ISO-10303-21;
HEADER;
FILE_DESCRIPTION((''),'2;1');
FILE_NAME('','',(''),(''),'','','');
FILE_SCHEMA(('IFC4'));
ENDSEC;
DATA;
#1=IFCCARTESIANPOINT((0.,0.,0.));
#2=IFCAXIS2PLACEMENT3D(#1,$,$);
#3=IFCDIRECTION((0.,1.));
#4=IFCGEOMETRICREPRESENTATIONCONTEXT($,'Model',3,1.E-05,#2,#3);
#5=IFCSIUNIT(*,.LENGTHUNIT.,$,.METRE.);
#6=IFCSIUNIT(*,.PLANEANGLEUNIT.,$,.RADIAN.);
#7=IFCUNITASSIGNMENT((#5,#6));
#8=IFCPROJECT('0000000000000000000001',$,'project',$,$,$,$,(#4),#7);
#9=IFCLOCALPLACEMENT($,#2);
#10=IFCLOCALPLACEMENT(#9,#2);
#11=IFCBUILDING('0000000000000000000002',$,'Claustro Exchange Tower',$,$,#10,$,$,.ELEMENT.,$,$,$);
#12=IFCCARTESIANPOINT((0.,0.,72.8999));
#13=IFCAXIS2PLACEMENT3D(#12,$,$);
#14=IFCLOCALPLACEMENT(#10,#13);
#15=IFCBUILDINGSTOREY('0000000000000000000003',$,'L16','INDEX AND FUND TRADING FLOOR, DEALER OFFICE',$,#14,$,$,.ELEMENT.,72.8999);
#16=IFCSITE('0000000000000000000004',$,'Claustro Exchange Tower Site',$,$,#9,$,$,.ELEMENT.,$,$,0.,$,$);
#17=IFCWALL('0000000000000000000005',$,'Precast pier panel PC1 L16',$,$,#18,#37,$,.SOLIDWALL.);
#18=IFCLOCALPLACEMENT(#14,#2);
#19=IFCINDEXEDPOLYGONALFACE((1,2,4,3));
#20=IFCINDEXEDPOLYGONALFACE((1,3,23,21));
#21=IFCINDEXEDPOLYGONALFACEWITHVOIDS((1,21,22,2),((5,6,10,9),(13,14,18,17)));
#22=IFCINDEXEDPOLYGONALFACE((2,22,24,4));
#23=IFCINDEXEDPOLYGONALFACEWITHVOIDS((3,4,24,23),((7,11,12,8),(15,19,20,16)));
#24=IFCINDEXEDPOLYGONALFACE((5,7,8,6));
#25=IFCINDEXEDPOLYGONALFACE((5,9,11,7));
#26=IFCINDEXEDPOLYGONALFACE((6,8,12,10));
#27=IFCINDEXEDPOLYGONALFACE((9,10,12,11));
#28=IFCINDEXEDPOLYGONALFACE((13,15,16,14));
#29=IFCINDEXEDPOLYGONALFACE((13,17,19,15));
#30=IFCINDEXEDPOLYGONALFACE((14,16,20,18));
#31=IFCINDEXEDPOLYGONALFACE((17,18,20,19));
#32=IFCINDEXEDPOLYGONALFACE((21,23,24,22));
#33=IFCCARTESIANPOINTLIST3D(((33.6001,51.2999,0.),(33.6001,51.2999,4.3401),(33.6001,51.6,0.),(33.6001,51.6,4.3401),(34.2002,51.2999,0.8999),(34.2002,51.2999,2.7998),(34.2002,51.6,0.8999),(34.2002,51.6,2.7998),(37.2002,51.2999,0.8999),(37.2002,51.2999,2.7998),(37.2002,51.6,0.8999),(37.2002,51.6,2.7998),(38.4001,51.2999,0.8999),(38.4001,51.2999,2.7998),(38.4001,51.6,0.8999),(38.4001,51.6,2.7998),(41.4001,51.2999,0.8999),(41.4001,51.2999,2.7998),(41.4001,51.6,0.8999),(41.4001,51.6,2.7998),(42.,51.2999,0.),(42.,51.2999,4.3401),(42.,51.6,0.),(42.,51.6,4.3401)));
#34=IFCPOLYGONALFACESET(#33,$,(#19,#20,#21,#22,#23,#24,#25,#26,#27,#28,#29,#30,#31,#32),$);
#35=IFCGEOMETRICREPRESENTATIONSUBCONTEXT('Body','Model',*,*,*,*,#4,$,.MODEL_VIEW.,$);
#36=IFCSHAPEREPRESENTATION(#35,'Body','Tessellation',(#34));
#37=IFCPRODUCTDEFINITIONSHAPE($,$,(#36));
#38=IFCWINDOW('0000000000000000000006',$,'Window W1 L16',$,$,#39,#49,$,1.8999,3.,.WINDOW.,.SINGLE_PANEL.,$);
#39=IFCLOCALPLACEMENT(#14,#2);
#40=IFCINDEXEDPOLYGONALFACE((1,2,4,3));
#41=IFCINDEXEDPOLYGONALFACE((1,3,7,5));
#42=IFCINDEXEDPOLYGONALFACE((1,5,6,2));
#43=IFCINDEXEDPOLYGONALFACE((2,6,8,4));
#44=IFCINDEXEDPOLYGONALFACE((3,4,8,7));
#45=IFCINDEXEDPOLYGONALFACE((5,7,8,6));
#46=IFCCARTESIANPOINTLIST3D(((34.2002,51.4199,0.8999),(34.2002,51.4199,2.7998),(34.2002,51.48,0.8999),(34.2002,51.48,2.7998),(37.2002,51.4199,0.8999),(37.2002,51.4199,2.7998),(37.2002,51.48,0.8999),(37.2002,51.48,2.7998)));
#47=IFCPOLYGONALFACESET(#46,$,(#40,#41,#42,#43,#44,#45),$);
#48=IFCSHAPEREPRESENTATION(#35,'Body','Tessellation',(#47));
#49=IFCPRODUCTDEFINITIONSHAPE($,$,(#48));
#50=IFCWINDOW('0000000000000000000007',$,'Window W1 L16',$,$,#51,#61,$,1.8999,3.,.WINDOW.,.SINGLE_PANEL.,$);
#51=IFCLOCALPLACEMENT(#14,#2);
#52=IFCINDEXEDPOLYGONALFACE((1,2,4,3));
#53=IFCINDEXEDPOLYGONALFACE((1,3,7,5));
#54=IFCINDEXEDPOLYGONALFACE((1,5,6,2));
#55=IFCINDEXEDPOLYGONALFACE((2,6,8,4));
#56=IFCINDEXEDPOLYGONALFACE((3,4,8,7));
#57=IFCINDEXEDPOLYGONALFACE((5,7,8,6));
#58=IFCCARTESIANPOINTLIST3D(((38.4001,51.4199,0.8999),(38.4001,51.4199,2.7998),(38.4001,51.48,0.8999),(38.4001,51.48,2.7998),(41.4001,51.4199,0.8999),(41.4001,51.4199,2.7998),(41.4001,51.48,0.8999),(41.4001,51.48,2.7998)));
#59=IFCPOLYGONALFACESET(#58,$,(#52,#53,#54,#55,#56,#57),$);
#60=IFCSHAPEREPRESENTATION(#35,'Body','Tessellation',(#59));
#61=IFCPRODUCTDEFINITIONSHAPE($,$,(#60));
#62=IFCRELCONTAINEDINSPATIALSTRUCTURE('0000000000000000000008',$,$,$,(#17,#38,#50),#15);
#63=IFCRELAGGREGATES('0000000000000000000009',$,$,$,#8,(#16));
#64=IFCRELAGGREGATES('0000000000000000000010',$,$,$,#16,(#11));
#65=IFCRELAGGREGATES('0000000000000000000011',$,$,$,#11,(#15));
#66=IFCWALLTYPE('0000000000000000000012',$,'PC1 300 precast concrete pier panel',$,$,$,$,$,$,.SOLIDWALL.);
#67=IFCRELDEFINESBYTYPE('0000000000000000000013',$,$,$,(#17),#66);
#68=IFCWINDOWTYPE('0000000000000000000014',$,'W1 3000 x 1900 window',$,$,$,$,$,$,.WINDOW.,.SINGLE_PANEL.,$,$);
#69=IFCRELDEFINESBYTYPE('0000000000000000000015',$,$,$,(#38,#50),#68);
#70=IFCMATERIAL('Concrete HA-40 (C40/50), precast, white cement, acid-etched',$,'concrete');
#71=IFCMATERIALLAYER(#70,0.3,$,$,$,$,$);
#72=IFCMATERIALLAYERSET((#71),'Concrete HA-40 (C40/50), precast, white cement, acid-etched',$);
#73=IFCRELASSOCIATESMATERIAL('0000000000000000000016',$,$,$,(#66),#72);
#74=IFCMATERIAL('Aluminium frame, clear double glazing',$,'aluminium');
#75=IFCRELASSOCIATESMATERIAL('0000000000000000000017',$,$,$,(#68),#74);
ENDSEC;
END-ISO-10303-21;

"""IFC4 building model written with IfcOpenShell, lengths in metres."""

from ifc_helpers import new_model, si_unit, direction, frame, frame_2d, origin, place, context, subcontext, project, spatial, rectangle, extrude, material, layer, layer_set, type_object, element, fill, save


model = new_model("IFC4")

# Units and contexts
model_context = context("Model", 3, precision=1e-05, world=origin(), true_north=direction((0.0, 1.0)))
body_context = subcontext(model_context, "Body", "Model", "MODEL_VIEW")
ifc_project = project(units=[si_unit("LENGTHUNIT", "METRE"), si_unit("PLANEANGLEUNIT", "RADIAN")], contexts=[model_context])

# Site, building, storey
site_placement = place(None, origin())
site = spatial("IfcSite", under=ifc_project, at=site_placement, Name="Claustro Exchange Tower Site", CompositionType="ELEMENT", RefElevation=0.0)
building_placement = place(site_placement, origin())
building = spatial("IfcBuilding", under=site, at=building_placement, Name="Claustro Exchange Tower", CompositionType="ELEMENT")
storey_placement = place(building_placement, frame((0.0, 0.0, 72.8999)))
storey = spatial("IfcBuildingStorey", under=building, at=storey_placement, Name="L16", Description="INDEX AND FUND TRADING FLOOR, DEALER OFFICE", CompositionType="ELEMENT", Elevation=72.8999)

# Wall, openings, windows
ifc_material_1 = material(Name="Concrete HA-40 (C40/50), precast, white cement, acid-etched", Category="concrete")
ifc_layer_1 = layer(ifc_material_1, 0.3)
ifc_layer_set_1 = layer_set([ifc_layer_1], Name="Concrete HA-40 (C40/50), precast, white cement, acid-etched")
wall_type_1 = type_object("IfcWallType", Name="PC1 300 precast concrete pier panel", PredefinedType="SOLIDWALL", material=ifc_layer_set_1)
ifc_material_2 = material(Name="Aluminium frame, clear double glazing", Category="aluminium")
window_type = type_object("IfcWindowType", Name="W1 3000 x 1900 window", PartitioningType="SINGLE_PANEL", PredefinedType="WINDOW", material=ifc_material_2)
wall_1_placement = place(storey_placement, frame((33.6001, 51.45, 0.0), z_axis=(0.0, 0.0, 1.0), x_axis=(1.0, 0.0, 0.0)))
wall_1 = element("IfcWall", 1, at=wall_1_placement, inside=storey, type_object=wall_type_1, Name="Precast pier panel PC1 L16", PredefinedType="SOLIDWALL", context=body_context, shape_type="SweptSolid", body=[
    extrude(rectangle(XDim=8.3999, YDim=0.3, at=frame_2d((4.2, 0.0))), origin(), (0.0, 0.0, 1.0), 4.3401),
])
opening_1_placement = place(wall_1_placement, frame((0.6001, 0.0, 0.8999)))
opening_1 = element("IfcOpeningElement", 2, at=opening_1_placement, cuts=wall_1, PredefinedType="OPENING", context=body_context, shape_type="SweptSolid", body=[
    extrude(rectangle(XDim=3.0, YDim=1.8999, at=frame_2d((1.5, 0.95))), frame((0.0, 0.1599, 0.0), z_axis=(0.0, -1.0, 0.0), x_axis=(1.0, 0.0, 0.0)), (0.0, 0.0, 1.0), 0.3201),
])
opening_2_placement = place(wall_1_placement, frame((4.8, 0.0, 0.8999)))
opening_2 = element("IfcOpeningElement", 3, at=opening_2_placement, cuts=wall_1, PredefinedType="OPENING", context=body_context, shape_type="SweptSolid", body=[
    extrude(rectangle(XDim=3.0, YDim=1.8999, at=frame_2d((1.5, 0.95))), frame((0.0, 0.1599, 0.0), z_axis=(0.0, -1.0, 0.0), x_axis=(1.0, 0.0, 0.0)), (0.0, 0.0, 1.0), 0.3201),
])
window_1_placement = place(opening_1_placement, origin())
window_1 = element("IfcWindow", 4, at=window_1_placement, inside=storey, type_object=window_type, Name="Window W1 L16", OverallHeight=1.8999, OverallWidth=3.0, PartitioningType="SINGLE_PANEL", PredefinedType="WINDOW", context=body_context, shape_type="SweptSolid", body=[
    extrude(rectangle(XDim=3.0, YDim=1.8999, at=frame_2d((1.5, 0.95))), frame((0.0, 0.03, 0.0), z_axis=(0.0, -1.0, 0.0), x_axis=(1.0, 0.0, 0.0)), (0.0, 0.0, 1.0), 0.0601),
])
fill(opening_1, window_1)
window_2_placement = place(opening_2_placement, origin())
window_2 = element("IfcWindow", 5, at=window_2_placement, inside=storey, type_object=window_type, Name="Window W1 L16", OverallHeight=1.8999, OverallWidth=3.0, PartitioningType="SINGLE_PANEL", PredefinedType="WINDOW", context=body_context, shape_type="SweptSolid", body=[
    extrude(rectangle(XDim=3.0, YDim=1.8999, at=frame_2d((1.5, 0.95))), frame((0.0, 0.03, 0.0), z_axis=(0.0, -1.0, 0.0), x_axis=(1.0, 0.0, 0.0)), (0.0, 0.0, 1.0), 0.0601),
])
fill(opening_2, window_2)

save(model, "model.ifc")
